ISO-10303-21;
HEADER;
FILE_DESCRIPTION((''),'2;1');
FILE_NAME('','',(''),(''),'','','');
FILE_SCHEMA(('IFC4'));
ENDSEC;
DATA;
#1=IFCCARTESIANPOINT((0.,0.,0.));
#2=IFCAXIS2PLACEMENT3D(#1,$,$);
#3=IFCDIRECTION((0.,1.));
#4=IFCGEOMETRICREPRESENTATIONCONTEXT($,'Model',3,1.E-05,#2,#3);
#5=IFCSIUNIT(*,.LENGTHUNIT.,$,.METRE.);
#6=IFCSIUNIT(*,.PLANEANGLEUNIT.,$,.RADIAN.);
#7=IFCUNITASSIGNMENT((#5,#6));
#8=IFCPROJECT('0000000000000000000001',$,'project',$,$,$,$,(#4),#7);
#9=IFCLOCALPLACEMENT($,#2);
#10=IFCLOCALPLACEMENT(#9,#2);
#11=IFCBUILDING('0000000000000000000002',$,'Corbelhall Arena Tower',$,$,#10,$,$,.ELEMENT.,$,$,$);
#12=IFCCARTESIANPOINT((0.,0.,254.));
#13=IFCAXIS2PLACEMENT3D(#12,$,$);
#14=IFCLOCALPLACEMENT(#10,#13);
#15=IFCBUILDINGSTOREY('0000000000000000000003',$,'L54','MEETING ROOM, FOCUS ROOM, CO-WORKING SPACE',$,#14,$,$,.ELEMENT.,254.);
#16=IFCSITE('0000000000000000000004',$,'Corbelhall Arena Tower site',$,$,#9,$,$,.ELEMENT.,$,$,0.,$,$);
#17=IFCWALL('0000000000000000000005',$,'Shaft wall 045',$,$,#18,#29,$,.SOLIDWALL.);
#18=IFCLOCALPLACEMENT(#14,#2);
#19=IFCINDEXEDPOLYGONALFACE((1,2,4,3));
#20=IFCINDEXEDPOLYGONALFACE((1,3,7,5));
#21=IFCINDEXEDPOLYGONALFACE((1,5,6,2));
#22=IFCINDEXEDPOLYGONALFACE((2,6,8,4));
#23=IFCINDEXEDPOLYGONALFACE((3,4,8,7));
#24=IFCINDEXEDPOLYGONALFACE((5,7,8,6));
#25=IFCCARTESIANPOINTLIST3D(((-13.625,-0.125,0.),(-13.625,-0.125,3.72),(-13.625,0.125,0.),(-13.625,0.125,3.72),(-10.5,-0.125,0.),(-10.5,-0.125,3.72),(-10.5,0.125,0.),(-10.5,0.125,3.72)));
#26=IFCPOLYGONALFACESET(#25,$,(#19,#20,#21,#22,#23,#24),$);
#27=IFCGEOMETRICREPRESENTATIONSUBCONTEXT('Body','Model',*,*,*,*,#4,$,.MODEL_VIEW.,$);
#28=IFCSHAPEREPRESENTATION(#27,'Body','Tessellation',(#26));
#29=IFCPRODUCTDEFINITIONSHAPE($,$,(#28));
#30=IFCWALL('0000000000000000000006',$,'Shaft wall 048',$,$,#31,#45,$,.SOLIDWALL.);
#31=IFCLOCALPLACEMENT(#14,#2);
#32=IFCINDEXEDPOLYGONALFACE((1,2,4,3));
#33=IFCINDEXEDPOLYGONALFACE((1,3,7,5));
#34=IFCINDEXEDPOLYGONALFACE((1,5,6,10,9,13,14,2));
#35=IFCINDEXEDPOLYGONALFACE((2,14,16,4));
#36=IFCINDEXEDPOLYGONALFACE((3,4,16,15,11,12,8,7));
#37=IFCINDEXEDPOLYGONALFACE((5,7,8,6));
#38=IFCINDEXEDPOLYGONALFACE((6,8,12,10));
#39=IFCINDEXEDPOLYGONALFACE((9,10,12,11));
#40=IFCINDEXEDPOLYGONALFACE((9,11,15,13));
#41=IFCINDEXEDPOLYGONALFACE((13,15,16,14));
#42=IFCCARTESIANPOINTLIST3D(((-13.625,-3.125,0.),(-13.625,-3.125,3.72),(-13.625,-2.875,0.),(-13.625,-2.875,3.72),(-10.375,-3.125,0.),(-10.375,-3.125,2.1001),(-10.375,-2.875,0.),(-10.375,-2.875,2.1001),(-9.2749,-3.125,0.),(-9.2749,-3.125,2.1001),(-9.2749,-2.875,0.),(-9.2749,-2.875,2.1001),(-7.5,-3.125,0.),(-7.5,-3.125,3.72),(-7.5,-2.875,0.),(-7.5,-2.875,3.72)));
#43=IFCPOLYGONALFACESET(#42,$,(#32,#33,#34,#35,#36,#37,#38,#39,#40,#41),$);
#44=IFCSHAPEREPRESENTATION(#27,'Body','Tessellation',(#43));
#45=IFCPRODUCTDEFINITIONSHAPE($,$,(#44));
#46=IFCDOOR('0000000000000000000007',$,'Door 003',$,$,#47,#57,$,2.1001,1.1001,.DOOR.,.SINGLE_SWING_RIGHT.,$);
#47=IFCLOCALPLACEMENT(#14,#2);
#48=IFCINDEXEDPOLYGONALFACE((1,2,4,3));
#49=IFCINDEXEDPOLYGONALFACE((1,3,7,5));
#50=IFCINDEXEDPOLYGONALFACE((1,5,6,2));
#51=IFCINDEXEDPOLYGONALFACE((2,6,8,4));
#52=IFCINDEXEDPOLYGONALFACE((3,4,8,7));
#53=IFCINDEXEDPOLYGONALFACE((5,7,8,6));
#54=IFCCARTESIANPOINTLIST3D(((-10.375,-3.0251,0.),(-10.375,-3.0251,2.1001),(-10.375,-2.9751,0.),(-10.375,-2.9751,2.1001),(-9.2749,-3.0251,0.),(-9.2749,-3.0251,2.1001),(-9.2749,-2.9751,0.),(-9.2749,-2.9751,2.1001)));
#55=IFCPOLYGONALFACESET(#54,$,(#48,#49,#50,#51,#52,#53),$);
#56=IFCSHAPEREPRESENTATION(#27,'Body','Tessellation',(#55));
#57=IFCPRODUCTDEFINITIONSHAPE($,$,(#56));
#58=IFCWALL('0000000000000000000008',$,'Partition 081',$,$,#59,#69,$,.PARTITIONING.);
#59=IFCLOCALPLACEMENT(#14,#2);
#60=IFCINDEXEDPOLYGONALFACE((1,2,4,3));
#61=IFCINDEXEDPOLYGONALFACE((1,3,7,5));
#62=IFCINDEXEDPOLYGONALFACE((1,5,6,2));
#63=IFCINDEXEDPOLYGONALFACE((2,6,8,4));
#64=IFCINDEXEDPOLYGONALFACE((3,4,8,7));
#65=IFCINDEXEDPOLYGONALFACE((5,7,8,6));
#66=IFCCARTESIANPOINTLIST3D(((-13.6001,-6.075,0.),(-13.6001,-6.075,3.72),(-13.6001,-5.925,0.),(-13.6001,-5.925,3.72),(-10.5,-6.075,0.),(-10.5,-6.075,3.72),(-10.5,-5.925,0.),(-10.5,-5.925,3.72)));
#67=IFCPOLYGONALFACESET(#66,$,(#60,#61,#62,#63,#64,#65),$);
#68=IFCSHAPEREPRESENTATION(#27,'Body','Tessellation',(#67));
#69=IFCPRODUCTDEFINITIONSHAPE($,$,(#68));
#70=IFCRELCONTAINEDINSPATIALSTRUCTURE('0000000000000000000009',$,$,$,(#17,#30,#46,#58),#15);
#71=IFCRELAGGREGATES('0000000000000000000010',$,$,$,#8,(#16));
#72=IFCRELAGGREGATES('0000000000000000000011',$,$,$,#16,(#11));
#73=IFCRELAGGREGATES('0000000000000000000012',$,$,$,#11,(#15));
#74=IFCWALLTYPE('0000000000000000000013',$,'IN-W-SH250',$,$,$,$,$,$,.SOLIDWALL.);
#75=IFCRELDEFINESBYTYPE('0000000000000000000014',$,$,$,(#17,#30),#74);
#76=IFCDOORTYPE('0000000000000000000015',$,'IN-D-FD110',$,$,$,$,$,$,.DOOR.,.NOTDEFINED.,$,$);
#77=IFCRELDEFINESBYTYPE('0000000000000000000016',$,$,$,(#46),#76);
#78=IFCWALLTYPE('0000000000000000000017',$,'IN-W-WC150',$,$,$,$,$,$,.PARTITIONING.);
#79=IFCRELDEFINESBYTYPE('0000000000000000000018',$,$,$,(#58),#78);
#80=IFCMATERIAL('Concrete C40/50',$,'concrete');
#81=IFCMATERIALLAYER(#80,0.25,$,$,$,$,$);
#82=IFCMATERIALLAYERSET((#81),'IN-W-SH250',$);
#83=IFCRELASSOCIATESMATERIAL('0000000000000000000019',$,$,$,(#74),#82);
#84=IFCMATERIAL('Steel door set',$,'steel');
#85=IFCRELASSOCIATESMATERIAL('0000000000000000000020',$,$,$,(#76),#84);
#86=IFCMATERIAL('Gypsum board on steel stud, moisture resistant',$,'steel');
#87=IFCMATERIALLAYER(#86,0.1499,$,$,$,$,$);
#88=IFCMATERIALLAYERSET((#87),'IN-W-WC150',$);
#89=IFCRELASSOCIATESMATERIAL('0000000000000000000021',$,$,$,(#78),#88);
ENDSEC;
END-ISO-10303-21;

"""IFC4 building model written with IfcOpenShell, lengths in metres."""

from ifc_helpers import new_model, si_unit, direction, frame, frame_2d, origin, place, context, subcontext, project, spatial, rectangle, extrude, material, layer, layer_set, type_object, element, fill, save


model = new_model("IFC4")

# Units and contexts
model_context = context("Model", 3, precision=1e-05, world=origin(), true_north=direction((0.0, 1.0)))
body_context = subcontext(model_context, "Body", "Model", "MODEL_VIEW")
ifc_project = project(units=[si_unit("LENGTHUNIT", "METRE"), si_unit("PLANEANGLEUNIT", "RADIAN")], contexts=[model_context])

# Site, building, storey
site_placement = place(None, origin())
site = spatial("IfcSite", under=ifc_project, at=site_placement, Name="Corbelhall Arena Tower site", CompositionType="ELEMENT", RefElevation=0.0)
building_placement = place(site_placement, origin())
building = spatial("IfcBuilding", under=site, at=building_placement, Name="Corbelhall Arena Tower", CompositionType="ELEMENT")
storey_placement = place(building_placement, frame((0.0, 0.0, 254.0)))
storey = spatial("IfcBuildingStorey", under=building, at=storey_placement, Name="L54", Description="MEETING ROOM, FOCUS ROOM, CO-WORKING SPACE", CompositionType="ELEMENT", Elevation=254.0)

# Shared definitions
ifc_material_1 = material(Name="Steel door set", Category="steel")

# Wall
ifc_material_2 = material(Name="Concrete C40/50", Category="concrete")
ifc_layer_1 = layer(ifc_material_2, 0.25)
ifc_layer_set_1 = layer_set([ifc_layer_1], Name="IN-W-SH250")
wall_type_1 = type_object("IfcWallType", Name="IN-W-SH250", PredefinedType="SOLIDWALL", material=ifc_layer_set_1)
wall_1_placement = place(storey_placement, frame((-13.625, 0.0, 0.0), z_axis=(0.0, 0.0, 1.0), x_axis=(1.0, 0.0, 0.0)))
element("IfcWall", 1, at=wall_1_placement, inside=storey, type_object=wall_type_1, Name="Shaft wall 045", PredefinedType="SOLIDWALL", context=body_context, shape_type="SweptSolid", body=[
    extrude(rectangle(XDim=3.125, YDim=0.25, at=frame_2d((1.5625, 0.0))), origin(), (0.0, 0.0, 1.0), 3.72),
])

# Wall, opening, door
wall_2_placement = place(storey_placement, frame((-13.625, -3.0, 0.0), z_axis=(0.0, 0.0, 1.0), x_axis=(1.0, 0.0, 0.0)))
wall_2 = element("IfcWall", 2, at=wall_2_placement, inside=storey, type_object=wall_type_1, Name="Shaft wall 048", PredefinedType="SOLIDWALL", context=body_context, shape_type="SweptSolid", body=[
    extrude(rectangle(XDim=6.125, YDim=0.25, at=frame_2d((3.0625, 0.0))), origin(), (0.0, 0.0, 1.0), 3.72),
])
opening_1_placement = place(wall_2_placement, frame((3.25, 0.0, 0.0)))
opening_1 = element("IfcOpeningElement", 3, at=opening_1_placement, cuts=wall_2, PredefinedType="OPENING", context=body_context, shape_type="SweptSolid", body=[
    extrude(rectangle(XDim=1.1001, YDim=2.1001, at=frame_2d((0.55, 1.05))), frame((0.0, 0.125, 0.0), z_axis=(0.0, -1.0, 0.0), x_axis=(1.0, 0.0, 0.0)), (0.0, 0.0, 1.0), 0.25),
])
door_type_1 = type_object("IfcDoorType", Name="IN-D-FD110", OperationType="NOTDEFINED", PredefinedType="DOOR", material=ifc_material_1)
door_1_placement = place(opening_1_placement, origin())
door_1 = element("IfcDoor", 4, at=door_1_placement, inside=storey, type_object=door_type_1, Name="Door 003", OperationType="SINGLE_SWING_RIGHT", OverallHeight=2.1001, OverallWidth=1.1001, PredefinedType="DOOR", context=body_context, shape_type="SweptSolid", body=[
    extrude(rectangle(XDim=1.1001, YDim=2.1001, at=frame_2d((0.55, 1.05))), frame((0.0, 0.0249, 0.0), z_axis=(0.0, -1.0, 0.0), x_axis=(1.0, 0.0, 0.0)), (0.0, 0.0, 1.0), 0.05),
])
fill(opening_1, door_1)

# Wall
ifc_material_3 = material(Name="Gypsum board on steel stud, moisture resistant", Category="steel")
ifc_layer_2 = layer(ifc_material_3, 0.1499)
ifc_layer_set_2 = layer_set([ifc_layer_2], Name="IN-W-WC150")
wall_type_2 = type_object("IfcWallType", Name="IN-W-WC150", PredefinedType="PARTITIONING", material=ifc_layer_set_2)
wall_3_placement = place(storey_placement, frame((-13.6001, -6.0, 0.0), z_axis=(0.0, 0.0, 1.0), x_axis=(1.0, 0.0, 0.0)))
element("IfcWall", 5, at=wall_3_placement, inside=storey, type_object=wall_type_2, Name="Partition 081", PredefinedType="PARTITIONING", context=body_context, shape_type="SweptSolid", body=[
    extrude(rectangle(XDim=3.1001, YDim=0.1499, at=frame_2d((1.55, 0.0))), origin(), (0.0, 0.0, 1.0), 3.72),
])

save(model, "model.ifc")
